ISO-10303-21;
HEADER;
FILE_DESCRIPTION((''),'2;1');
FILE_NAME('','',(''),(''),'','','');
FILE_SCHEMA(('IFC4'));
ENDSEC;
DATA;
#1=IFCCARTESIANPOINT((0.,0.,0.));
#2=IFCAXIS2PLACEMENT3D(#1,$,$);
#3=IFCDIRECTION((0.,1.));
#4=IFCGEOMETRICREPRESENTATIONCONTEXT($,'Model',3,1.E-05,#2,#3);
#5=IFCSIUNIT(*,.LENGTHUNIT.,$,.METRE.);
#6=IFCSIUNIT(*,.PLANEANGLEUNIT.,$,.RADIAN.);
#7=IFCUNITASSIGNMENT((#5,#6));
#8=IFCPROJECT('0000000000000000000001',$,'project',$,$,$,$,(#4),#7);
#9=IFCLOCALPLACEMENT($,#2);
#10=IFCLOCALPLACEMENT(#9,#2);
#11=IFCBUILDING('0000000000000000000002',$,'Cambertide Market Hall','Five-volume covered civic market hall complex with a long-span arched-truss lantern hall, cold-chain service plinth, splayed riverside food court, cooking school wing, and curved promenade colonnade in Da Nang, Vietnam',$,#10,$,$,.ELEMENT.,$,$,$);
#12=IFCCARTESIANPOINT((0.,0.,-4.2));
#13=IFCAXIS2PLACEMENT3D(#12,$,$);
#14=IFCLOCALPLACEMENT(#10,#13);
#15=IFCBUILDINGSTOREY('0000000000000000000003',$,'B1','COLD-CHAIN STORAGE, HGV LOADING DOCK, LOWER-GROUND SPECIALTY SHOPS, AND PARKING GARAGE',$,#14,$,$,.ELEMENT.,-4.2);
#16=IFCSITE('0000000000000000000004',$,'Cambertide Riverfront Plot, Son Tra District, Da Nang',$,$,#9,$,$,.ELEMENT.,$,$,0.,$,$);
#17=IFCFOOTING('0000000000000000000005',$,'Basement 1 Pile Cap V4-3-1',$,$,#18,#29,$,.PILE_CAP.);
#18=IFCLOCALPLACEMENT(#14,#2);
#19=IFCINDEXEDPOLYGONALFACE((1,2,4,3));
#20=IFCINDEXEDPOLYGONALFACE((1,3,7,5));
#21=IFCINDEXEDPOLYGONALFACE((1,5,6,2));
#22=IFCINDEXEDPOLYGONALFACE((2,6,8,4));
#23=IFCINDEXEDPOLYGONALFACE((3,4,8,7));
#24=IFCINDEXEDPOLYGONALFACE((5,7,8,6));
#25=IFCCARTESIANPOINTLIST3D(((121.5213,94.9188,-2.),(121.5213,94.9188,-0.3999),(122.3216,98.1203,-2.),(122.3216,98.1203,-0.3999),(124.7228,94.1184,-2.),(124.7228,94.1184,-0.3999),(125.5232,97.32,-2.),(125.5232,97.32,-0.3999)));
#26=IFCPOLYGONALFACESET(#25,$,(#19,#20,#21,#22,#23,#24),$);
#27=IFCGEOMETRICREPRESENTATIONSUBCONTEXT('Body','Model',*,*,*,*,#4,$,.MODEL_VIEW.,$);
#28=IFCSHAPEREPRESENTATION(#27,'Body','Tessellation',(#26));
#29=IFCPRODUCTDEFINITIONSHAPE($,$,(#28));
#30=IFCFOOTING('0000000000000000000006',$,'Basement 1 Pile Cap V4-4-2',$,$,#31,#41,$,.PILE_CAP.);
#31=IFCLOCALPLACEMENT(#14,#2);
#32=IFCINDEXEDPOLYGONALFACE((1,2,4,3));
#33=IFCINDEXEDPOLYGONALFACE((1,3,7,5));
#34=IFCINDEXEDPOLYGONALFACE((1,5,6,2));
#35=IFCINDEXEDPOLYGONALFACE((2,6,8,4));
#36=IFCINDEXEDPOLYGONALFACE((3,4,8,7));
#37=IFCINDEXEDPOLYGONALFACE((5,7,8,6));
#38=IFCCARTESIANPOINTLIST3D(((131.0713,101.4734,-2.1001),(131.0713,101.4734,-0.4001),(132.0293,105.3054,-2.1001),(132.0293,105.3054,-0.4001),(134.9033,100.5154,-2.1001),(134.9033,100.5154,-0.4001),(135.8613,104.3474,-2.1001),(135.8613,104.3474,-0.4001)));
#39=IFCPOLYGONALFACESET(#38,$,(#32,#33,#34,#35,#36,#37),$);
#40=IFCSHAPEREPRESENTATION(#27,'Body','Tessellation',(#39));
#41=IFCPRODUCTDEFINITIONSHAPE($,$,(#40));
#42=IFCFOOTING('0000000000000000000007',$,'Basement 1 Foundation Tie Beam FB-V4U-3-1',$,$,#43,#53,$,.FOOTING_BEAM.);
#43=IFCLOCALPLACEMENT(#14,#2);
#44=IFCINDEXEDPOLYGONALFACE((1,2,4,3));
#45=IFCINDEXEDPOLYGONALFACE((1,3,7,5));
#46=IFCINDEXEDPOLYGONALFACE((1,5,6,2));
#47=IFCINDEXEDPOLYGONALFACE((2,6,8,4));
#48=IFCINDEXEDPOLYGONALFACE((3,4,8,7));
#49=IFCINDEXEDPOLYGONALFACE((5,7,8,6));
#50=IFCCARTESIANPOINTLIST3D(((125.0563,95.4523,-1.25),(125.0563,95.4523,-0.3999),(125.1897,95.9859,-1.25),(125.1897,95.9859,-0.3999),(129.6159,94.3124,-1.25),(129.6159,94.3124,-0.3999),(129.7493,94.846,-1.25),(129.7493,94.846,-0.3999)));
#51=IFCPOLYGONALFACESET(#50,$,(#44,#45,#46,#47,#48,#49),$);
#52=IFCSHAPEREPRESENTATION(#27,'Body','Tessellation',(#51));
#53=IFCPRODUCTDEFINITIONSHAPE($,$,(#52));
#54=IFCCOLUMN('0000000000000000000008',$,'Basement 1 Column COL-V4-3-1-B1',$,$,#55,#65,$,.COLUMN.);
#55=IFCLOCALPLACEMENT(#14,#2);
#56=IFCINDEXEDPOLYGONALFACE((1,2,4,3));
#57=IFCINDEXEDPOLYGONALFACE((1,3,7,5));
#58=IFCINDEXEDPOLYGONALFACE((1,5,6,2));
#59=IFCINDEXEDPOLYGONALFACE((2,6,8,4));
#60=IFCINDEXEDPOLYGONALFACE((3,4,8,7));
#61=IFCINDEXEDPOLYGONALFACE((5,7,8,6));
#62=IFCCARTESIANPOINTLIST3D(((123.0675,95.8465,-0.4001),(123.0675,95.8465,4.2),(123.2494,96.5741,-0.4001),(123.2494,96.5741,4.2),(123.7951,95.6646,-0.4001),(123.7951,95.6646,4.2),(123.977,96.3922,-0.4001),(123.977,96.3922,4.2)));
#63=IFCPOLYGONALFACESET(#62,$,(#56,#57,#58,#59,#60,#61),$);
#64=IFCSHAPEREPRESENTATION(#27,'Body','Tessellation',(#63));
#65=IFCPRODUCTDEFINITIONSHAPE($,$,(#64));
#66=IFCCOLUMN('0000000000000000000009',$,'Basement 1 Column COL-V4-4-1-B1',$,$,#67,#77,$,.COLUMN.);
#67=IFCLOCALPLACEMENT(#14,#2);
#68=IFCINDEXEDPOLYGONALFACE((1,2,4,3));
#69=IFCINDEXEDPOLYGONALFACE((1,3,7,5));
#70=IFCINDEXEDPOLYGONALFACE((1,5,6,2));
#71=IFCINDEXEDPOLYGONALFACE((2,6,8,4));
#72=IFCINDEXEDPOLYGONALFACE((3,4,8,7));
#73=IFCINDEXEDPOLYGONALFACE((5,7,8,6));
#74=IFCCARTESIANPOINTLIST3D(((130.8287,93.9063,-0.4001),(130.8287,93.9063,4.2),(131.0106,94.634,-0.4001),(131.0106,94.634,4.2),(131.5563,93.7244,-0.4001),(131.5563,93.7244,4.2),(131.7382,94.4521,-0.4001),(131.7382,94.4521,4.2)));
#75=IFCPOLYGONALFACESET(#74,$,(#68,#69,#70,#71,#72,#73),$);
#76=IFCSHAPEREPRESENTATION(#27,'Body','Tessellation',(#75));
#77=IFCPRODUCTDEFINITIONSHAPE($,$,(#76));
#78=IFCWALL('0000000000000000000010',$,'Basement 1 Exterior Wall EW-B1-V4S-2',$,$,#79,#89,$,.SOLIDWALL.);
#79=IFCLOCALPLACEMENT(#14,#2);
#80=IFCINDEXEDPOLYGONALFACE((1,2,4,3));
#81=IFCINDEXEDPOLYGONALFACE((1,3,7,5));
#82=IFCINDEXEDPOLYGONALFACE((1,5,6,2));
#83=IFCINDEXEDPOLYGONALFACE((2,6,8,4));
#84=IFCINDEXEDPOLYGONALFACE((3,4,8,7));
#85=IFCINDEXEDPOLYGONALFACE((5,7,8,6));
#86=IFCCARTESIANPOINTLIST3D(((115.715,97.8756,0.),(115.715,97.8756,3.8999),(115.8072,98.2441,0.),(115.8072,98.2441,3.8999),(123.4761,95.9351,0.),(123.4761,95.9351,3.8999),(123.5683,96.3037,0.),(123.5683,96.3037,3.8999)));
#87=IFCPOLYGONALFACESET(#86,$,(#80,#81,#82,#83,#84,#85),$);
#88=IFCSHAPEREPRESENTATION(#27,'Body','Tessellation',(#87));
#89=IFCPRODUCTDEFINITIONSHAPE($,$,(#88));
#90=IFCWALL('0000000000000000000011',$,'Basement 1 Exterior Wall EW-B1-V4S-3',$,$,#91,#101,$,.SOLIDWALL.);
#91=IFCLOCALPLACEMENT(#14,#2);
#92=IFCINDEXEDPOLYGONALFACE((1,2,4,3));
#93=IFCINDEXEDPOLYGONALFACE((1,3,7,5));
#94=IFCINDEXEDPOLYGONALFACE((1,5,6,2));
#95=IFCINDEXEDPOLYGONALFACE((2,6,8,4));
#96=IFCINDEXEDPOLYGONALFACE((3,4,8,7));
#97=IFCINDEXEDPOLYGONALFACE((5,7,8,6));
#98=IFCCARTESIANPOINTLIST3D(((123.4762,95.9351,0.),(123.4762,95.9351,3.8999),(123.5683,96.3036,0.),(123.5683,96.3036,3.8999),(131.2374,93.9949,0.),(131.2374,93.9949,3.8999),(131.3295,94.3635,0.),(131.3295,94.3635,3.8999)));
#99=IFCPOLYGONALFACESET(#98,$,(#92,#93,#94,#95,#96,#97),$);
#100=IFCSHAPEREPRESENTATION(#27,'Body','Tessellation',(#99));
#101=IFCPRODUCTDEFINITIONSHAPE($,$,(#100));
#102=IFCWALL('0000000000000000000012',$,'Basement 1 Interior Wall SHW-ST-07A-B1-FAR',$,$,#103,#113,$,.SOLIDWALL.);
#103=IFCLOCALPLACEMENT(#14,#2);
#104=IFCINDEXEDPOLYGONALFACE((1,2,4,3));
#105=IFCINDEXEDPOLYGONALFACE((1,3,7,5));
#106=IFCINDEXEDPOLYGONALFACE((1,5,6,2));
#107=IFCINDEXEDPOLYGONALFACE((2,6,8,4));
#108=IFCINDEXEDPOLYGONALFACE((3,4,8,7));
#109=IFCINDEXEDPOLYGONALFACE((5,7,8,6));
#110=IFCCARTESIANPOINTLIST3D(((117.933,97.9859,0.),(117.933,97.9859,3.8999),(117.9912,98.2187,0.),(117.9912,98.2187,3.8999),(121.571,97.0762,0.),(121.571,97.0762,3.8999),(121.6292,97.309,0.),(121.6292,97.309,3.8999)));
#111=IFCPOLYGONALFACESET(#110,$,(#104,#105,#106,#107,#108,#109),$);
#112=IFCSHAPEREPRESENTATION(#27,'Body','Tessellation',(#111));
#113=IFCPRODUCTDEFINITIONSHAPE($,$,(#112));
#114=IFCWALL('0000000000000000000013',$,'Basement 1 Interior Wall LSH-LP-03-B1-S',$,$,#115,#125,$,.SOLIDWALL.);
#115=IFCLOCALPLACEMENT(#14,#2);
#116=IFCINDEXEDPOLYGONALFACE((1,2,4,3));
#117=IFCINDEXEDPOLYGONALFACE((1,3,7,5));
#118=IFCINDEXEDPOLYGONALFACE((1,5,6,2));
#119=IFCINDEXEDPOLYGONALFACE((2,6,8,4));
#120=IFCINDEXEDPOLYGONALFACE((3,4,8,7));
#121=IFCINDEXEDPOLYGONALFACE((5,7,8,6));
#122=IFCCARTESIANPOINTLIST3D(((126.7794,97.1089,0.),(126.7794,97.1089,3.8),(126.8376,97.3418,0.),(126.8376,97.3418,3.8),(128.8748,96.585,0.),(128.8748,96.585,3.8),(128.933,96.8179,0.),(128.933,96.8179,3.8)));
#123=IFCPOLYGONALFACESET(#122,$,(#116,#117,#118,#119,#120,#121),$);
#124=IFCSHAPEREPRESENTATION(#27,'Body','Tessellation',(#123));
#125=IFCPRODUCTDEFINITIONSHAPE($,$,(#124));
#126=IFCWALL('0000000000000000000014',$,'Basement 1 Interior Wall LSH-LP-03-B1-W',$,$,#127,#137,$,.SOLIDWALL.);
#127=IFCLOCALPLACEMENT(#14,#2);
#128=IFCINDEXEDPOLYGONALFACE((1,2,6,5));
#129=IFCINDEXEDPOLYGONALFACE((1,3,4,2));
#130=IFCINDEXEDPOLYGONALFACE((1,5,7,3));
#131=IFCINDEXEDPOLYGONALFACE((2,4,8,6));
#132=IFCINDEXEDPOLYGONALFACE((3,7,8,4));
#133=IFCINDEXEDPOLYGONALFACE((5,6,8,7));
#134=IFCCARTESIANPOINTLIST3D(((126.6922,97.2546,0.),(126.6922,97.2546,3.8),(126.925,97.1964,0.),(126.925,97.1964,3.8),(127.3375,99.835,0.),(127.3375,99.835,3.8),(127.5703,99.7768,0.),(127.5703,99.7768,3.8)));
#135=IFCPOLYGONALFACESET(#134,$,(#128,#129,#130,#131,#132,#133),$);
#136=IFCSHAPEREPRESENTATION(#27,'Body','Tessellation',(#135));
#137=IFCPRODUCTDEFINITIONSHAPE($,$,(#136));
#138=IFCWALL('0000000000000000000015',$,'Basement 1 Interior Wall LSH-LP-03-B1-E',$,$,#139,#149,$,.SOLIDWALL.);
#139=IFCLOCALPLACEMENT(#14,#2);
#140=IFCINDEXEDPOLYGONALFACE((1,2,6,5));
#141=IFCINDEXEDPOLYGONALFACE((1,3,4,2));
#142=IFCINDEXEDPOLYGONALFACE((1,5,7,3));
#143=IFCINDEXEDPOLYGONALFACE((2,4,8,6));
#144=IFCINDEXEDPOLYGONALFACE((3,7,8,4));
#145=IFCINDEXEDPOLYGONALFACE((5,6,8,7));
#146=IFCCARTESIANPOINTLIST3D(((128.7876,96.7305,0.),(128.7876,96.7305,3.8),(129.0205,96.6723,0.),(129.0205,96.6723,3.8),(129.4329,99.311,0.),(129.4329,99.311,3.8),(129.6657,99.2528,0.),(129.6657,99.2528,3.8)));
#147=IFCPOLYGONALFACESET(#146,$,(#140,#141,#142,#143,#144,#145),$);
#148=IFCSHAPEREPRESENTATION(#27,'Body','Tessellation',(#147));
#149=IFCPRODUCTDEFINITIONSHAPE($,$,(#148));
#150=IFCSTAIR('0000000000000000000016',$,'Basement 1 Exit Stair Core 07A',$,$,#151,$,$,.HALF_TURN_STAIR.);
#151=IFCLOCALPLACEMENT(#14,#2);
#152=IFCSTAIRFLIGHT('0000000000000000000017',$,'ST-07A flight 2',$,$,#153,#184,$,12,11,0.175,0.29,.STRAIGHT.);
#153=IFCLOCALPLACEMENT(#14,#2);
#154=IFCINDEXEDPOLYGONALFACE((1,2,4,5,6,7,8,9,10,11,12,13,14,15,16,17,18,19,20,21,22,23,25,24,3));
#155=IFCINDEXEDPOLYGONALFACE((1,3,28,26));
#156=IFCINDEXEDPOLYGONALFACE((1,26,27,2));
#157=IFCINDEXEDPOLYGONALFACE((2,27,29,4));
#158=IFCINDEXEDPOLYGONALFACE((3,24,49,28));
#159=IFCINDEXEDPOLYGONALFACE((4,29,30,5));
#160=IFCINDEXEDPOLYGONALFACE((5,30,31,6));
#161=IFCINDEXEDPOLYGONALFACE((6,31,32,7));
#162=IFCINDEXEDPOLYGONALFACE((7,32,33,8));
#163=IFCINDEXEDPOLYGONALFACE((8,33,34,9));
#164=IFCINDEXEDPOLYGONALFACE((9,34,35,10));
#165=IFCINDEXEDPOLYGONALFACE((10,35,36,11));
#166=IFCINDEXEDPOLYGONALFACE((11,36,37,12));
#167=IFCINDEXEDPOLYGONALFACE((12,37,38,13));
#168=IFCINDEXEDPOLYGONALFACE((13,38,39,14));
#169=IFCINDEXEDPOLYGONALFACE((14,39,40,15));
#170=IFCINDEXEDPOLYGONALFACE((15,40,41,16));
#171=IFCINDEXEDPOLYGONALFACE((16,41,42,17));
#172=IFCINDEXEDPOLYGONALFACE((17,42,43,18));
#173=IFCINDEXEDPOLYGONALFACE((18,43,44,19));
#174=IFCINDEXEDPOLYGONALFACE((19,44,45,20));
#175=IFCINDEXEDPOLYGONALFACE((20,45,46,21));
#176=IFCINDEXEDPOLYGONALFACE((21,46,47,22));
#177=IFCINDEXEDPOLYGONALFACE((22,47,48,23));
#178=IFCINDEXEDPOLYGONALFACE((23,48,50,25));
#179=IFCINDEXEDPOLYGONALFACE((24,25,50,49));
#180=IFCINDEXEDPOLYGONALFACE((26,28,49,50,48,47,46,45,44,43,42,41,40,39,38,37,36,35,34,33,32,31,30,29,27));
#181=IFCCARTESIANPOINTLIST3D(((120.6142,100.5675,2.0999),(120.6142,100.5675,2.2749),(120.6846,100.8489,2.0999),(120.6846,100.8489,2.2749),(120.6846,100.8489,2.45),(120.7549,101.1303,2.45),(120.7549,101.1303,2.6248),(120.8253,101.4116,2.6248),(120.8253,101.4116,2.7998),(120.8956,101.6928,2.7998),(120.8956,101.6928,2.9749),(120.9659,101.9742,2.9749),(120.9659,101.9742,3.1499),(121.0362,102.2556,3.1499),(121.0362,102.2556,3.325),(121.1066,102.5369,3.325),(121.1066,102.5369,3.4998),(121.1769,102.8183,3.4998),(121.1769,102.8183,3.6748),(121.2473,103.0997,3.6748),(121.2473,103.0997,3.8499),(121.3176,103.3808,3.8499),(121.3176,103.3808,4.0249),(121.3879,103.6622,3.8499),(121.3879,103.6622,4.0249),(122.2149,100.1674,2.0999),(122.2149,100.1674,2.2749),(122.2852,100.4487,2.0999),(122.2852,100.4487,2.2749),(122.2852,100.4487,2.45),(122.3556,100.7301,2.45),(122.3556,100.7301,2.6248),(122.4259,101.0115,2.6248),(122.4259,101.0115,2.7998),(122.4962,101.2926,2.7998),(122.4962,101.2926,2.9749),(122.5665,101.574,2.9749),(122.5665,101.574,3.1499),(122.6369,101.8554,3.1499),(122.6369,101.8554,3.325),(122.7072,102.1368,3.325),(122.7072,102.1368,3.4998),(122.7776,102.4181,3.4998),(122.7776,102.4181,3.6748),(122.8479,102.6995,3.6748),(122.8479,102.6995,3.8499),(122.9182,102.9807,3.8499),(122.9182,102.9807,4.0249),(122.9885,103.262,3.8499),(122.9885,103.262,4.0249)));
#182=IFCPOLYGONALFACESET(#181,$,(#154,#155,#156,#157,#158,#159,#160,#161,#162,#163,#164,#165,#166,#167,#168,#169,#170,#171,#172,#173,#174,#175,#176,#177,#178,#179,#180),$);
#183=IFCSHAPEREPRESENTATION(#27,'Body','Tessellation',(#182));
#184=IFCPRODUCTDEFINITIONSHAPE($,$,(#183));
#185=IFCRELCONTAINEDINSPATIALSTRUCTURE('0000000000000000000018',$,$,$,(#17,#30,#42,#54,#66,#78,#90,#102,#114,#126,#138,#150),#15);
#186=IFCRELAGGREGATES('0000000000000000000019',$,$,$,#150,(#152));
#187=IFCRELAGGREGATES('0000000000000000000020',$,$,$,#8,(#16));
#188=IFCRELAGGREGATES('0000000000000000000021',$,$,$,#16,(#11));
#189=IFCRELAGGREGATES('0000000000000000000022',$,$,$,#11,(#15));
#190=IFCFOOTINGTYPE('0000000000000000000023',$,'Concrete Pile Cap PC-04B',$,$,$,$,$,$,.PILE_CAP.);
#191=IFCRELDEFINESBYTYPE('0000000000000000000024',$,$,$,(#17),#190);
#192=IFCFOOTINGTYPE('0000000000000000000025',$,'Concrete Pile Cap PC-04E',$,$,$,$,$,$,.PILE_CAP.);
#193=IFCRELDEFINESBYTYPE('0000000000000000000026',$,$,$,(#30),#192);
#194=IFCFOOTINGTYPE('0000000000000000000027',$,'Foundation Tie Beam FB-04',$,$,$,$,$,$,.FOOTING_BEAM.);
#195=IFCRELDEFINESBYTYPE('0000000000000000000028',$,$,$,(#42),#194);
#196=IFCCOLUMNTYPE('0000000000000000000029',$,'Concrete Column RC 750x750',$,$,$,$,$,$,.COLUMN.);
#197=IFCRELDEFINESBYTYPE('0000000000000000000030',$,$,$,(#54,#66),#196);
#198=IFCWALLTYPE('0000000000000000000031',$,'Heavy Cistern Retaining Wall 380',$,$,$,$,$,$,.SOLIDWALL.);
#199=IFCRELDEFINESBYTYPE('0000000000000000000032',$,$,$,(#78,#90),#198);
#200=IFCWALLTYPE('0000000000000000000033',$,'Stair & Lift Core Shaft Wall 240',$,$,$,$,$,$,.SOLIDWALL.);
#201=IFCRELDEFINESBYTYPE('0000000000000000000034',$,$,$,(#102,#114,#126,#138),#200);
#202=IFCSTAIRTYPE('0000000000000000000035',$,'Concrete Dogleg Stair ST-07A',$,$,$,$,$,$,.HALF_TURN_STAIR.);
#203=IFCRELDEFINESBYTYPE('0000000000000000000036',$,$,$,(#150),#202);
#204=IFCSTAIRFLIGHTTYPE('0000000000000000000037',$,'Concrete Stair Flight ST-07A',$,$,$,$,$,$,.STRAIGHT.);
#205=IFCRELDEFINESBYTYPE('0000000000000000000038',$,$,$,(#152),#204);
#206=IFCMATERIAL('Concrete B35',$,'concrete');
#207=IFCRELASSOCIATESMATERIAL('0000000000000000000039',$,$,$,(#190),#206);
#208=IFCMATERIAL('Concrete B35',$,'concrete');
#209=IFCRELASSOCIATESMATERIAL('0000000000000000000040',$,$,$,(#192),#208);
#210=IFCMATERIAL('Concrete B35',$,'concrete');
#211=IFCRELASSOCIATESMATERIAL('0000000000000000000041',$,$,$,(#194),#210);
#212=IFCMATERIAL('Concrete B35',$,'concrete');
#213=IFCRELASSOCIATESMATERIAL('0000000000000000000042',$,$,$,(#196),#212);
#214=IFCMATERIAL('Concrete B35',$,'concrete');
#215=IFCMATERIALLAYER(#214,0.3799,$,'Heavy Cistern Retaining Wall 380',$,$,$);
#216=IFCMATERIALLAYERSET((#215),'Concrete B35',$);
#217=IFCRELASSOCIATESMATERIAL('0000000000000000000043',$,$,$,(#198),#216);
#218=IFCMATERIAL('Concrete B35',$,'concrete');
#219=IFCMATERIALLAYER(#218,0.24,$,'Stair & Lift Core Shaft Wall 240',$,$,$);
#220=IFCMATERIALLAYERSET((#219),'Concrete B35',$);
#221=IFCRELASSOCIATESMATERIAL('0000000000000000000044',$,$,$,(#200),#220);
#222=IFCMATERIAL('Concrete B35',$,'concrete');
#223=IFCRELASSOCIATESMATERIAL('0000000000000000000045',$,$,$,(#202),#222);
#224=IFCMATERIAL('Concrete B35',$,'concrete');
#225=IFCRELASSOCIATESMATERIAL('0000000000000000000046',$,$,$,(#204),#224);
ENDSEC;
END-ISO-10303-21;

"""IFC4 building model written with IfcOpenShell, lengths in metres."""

from ifc_helpers import new_model, si_unit, direction, frame, frame_2d, origin, origin_2d, place, context, subcontext, project, spatial, polyline, rectangle, outline, extrude, material, layer, layer_set, material_profile, profile_set, type_object, element, aggregate, save


model = new_model("IFC4")

# Units and contexts
model_context = context("Model", 3, precision=1e-05, world=origin(), true_north=direction((0.0, 1.0)))
body_context = subcontext(model_context, "Body", "Model", "MODEL_VIEW")
ifc_project = project(units=[si_unit("LENGTHUNIT", "METRE"), si_unit("PLANEANGLEUNIT", "RADIAN")], contexts=[model_context])

# Site, building, storey
site_placement = place(None, origin())
site = spatial("IfcSite", under=ifc_project, at=site_placement, Name="Cambertide Riverfront Plot, Son Tra District, Da Nang", CompositionType="ELEMENT", RefElevation=0.0)
building_placement = place(site_placement, origin())
building = spatial("IfcBuilding", under=site, at=building_placement, Name="Cambertide Market Hall", Description="Five-volume covered civic market hall complex with a long-span arched-truss lantern hall, cold-chain service plinth, splayed riverside food court, cooking school wing, and curved promenade colonnade in Da Nang, Vietnam", CompositionType="ELEMENT")
storey_placement = place(building_placement, frame((0.0, 0.0, -4.2)))
storey = spatial("IfcBuildingStorey", under=building, at=storey_placement, Name="B1", Description="COLD-CHAIN STORAGE, HGV LOADING DOCK, LOWER-GROUND SPECIALTY SHOPS, AND PARKING GARAGE", CompositionType="ELEMENT", Elevation=-4.2)

# Footings
ifc_material_1 = material(Name="Concrete B35", Category="concrete")
footing_type_1 = type_object("IfcFootingType", Name="Concrete Pile Cap PC-04B", PredefinedType="PILE_CAP", material=ifc_material_1)
footing_1_placement = place(storey_placement, frame((123.5222, 96.1194, -2.0), z_axis=(0.0, 0.0, 1.0), x_axis=(0.970143, -0.242536, 0.0)))
element("IfcFooting", 1, at=footing_1_placement, inside=storey, type_object=footing_type_1, Name="Basement 1 Pile Cap V4-3-1", PredefinedType="PILE_CAP", context=body_context, shape_type="SweptSolid", body=[
    extrude(rectangle(XDim=3.3, YDim=3.3, at=origin_2d()), origin(), (0.0, 0.0, 1.0), 1.6001),
])
ifc_material_2 = material(Name="Concrete B35", Category="concrete")
footing_type_2 = type_object("IfcFootingType", Name="Concrete Pile Cap PC-04E", PredefinedType="PILE_CAP", material=ifc_material_2)
footing_2_placement = place(storey_placement, frame((133.4663, 102.9104, -2.1001), z_axis=(0.0, 0.0, 1.0), x_axis=(0.970143, -0.242536, 0.0)))
element("IfcFooting", 2, at=footing_2_placement, inside=storey, type_object=footing_type_2, Name="Basement 1 Pile Cap V4-4-2", PredefinedType="PILE_CAP", context=body_context, shape_type="SweptSolid", body=[
    extrude(rectangle(XDim=3.95, YDim=3.95, at=origin_2d()), origin(), (0.0, 0.0, 1.0), 1.7),
])
ifc_material_3 = material(Name="Concrete B35", Category="concrete")
footing_type_3 = type_object("IfcFootingType", Name="Foundation Tie Beam FB-04", PredefinedType="FOOTING_BEAM", material=ifc_material_3)
footing_3_placement = place(storey_placement, frame((127.4028, 95.1492, -1.25), z_axis=(0.0, 0.0, 1.0), x_axis=(0.970143, -0.242536, 0.0)))
element("IfcFooting", 3, at=footing_3_placement, inside=storey, type_object=footing_type_3, Name="Basement 1 Foundation Tie Beam FB-V4U-3-1", PredefinedType="FOOTING_BEAM", context=body_context, shape_type="SweptSolid", body=[
    extrude(rectangle(XDim=4.7, YDim=0.55, at=origin_2d()), origin(), (0.0, 0.0, 1.0), 0.8501),
])

# Columns
ifc_material_4 = material(Name="Concrete B35", Category="concrete")
ifc_material_profile_1 = material_profile(ifc_material_4, rectangle(XDim=0.75, YDim=0.75, at=origin_2d()), Name="RC 750x750")
ifc_profile_set_1 = profile_set([ifc_material_profile_1], Name="Concrete B35")
column_type = type_object("IfcColumnType", Name="Concrete Column RC 750x750", PredefinedType="COLUMN", material=ifc_profile_set_1)
for number, where, z_axis, x_axis, name in (
    (4, (123.5222, 96.1194, -0.4001), (0.0, 0.0, 1.0), (0.970143, -0.242536, 0.0), "Basement 1 Column COL-V4-3-1-B1"),
    (5, (131.2834, 94.1792, -0.4001), (0.0, 0.0, 1.0), (0.970143, -0.242536, 0.0), "Basement 1 Column COL-V4-4-1-B1"),
):
    element("IfcColumn", number, at=place(storey_placement, frame(where, z_axis=z_axis, x_axis=x_axis)), inside=storey, type_object=column_type, Name=name, PredefinedType="COLUMN", context=body_context, shape_type="SweptSolid", body=[
        extrude(rectangle(XDim=0.75, YDim=0.75, at=origin_2d()), origin(), (0.0, 0.0, 1.0), 4.6001),
    ])

# Walls
ifc_material_5 = material(Name="Concrete B35", Category="concrete")
ifc_layer_1 = layer(ifc_material_5, 0.3799, Name="Heavy Cistern Retaining Wall 380")
ifc_layer_set_1 = layer_set([ifc_layer_1], Name="Concrete B35")
wall_type_1 = type_object("IfcWallType", Name="Heavy Cistern Retaining Wall 380", PredefinedType="SOLIDWALL", material=ifc_layer_set_1)
for number, where, z_axis, x_axis, name in (
    (6, (123.5222, 96.1194, 0.0), (0.0, 0.0, 1.0), (-0.970137, 0.242557, 0.0), "Basement 1 Exterior Wall EW-B1-V4S-2"),
    (7, (131.2834, 94.1792, 0.0), (0.0, 0.0, 1.0), (-0.970146, 0.242521, 0.0), "Basement 1 Exterior Wall EW-B1-V4S-3"),
):
    element("IfcWall", number, at=place(storey_placement, frame(where, z_axis=z_axis, x_axis=x_axis)), inside=storey, type_object=wall_type_1, Name=name, PredefinedType="SOLIDWALL", context=body_context, shape_type="SweptSolid", body=[
        extrude(rectangle(XDim=8.0, YDim=0.3799, at=frame_2d((4.0, 0.0))), origin(), (0.0, 0.0, 1.0), 3.8999),
    ])

# Walls
ifc_material_6 = material(Name="Concrete B35", Category="concrete")
ifc_layer_2 = layer(ifc_material_6, 0.24, Name="Stair & Lift Core Shaft Wall 240")
ifc_layer_set_2 = layer_set([ifc_layer_2], Name="Concrete B35")
wall_type_2 = type_object("IfcWallType", Name="Stair & Lift Core Shaft Wall 240", PredefinedType="SOLIDWALL", material=ifc_layer_set_2)
wall_1_placement = place(storey_placement, frame((121.6001, 97.1926, 0.0), z_axis=(0.0, 0.0, 1.0), x_axis=(-0.970131, 0.242582, 0.0)))
element("IfcWall", 8, at=wall_1_placement, inside=storey, type_object=wall_type_2, Name="Basement 1 Interior Wall SHW-ST-07A-B1-FAR", PredefinedType="SOLIDWALL", context=body_context, shape_type="SweptSolid", body=[
    extrude(rectangle(XDim=3.75, YDim=0.24, at=frame_2d((1.875, 0.0))), origin(), (0.0, 0.0, 1.0), 3.8999),
])
wall_2_placement = place(storey_placement, frame((128.9041, 96.7014, 0.0), z_axis=(0.0, 0.0, 1.0), x_axis=(-0.970136, 0.242562, 0.0)))
element("IfcWall", 9, at=wall_2_placement, inside=storey, type_object=wall_type_2, Name="Basement 1 Interior Wall LSH-LP-03-B1-S", PredefinedType="SOLIDWALL", context=body_context, shape_type="SweptSolid", body=[
    extrude(rectangle(XDim=2.1599, YDim=0.24, at=frame_2d((1.0801, 0.0))), origin(), (0.0, 0.0, 1.0), 3.8),
])

# Walls
for number, where, z_axis, x_axis, name in (
    (10, (126.8086, 97.2253, 0.0), (0.0, 0.0, 1.0), (0.242579, 0.970132, 0.0), "Basement 1 Interior Wall LSH-LP-03-B1-W"),
    (11, (129.5493, 99.282, 0.0), (0.0, 0.0, 1.0), (-0.242579, -0.970132, 0.0), "Basement 1 Interior Wall LSH-LP-03-B1-E"),
):
    element("IfcWall", number, at=place(storey_placement, frame(where, z_axis=z_axis, x_axis=x_axis)), inside=storey, type_object=wall_type_2, Name=name, PredefinedType="SOLIDWALL", context=body_context, shape_type="SweptSolid", body=[
        extrude(rectangle(XDim=2.6599, YDim=0.24, at=frame_2d((1.3301, 0.0))), origin(), (0.0, 0.0, 1.0), 3.8),
    ])

# Stair, stair flight
ifc_material_7 = material(Name="Concrete B35", Category="concrete")
stair_type = type_object("IfcStairType", Name="Concrete Dogleg Stair ST-07A", PredefinedType="HALF_TURN_STAIR", material=ifc_material_7)
stair_placement = place(storey_placement, origin())
stair = element("IfcStair", 12, at=stair_placement, inside=storey, type_object=stair_type, Name="Basement 1 Exit Stair Core 07A", PredefinedType="HALF_TURN_STAIR")
ifc_material_8 = material(Name="Concrete B35", Category="concrete")
stair_flight_type = type_object("IfcStairFlightType", Name="Concrete Stair Flight ST-07A", PredefinedType="STRAIGHT", material=ifc_material_8)
stair_flight_placement = place(storey_placement, frame((121.4146, 100.3674, 2.0999), z_axis=(0.0, 0.0, 1.0), x_axis=(0.242536, 0.970143, 0.0)))
stair_flight = element("IfcStairFlight", 13, at=stair_flight_placement, type_object=stair_flight_type, Name="ST-07A flight 2", NumberOfRisers=12, NumberOfTreads=11, PredefinedType="STRAIGHT", RiserHeight=0.175, TreadLength=0.29, context=body_context, shape_type="SweptSolid", body=[
    extrude(outline(polyline([(0.0, 0.0), (0.0, 0.175), (0.29, 0.175), (0.29, 0.3501), (0.5801, 0.3501), (0.5801, 0.5249), (0.8701, 0.5249), (0.8701, 0.7), (1.1599, 0.7), (1.1599, 0.875), (1.45, 0.875), (1.45, 1.05), (1.74, 1.05), (1.74, 1.2251), (2.03, 1.2251), (2.03, 1.3999), (2.3201, 1.3999), (2.3201, 1.575), (2.6101, 1.575), (2.6101, 1.75), (2.8999, 1.75), (2.8999, 1.925), (3.1899, 1.925), (3.1899, 2.1001), (3.1899, 1.75), (0.29, 0.0), (0.0, 0.0)])), frame((0.0, 0.825, 0.0), z_axis=(0.0, -1.0, 0.0), x_axis=(1.0, 0.0, 0.0)), (0.0, 0.0, 1.0), 1.6499),
])
aggregate(stair, [stair_flight])

save(model, "model.ifc")
